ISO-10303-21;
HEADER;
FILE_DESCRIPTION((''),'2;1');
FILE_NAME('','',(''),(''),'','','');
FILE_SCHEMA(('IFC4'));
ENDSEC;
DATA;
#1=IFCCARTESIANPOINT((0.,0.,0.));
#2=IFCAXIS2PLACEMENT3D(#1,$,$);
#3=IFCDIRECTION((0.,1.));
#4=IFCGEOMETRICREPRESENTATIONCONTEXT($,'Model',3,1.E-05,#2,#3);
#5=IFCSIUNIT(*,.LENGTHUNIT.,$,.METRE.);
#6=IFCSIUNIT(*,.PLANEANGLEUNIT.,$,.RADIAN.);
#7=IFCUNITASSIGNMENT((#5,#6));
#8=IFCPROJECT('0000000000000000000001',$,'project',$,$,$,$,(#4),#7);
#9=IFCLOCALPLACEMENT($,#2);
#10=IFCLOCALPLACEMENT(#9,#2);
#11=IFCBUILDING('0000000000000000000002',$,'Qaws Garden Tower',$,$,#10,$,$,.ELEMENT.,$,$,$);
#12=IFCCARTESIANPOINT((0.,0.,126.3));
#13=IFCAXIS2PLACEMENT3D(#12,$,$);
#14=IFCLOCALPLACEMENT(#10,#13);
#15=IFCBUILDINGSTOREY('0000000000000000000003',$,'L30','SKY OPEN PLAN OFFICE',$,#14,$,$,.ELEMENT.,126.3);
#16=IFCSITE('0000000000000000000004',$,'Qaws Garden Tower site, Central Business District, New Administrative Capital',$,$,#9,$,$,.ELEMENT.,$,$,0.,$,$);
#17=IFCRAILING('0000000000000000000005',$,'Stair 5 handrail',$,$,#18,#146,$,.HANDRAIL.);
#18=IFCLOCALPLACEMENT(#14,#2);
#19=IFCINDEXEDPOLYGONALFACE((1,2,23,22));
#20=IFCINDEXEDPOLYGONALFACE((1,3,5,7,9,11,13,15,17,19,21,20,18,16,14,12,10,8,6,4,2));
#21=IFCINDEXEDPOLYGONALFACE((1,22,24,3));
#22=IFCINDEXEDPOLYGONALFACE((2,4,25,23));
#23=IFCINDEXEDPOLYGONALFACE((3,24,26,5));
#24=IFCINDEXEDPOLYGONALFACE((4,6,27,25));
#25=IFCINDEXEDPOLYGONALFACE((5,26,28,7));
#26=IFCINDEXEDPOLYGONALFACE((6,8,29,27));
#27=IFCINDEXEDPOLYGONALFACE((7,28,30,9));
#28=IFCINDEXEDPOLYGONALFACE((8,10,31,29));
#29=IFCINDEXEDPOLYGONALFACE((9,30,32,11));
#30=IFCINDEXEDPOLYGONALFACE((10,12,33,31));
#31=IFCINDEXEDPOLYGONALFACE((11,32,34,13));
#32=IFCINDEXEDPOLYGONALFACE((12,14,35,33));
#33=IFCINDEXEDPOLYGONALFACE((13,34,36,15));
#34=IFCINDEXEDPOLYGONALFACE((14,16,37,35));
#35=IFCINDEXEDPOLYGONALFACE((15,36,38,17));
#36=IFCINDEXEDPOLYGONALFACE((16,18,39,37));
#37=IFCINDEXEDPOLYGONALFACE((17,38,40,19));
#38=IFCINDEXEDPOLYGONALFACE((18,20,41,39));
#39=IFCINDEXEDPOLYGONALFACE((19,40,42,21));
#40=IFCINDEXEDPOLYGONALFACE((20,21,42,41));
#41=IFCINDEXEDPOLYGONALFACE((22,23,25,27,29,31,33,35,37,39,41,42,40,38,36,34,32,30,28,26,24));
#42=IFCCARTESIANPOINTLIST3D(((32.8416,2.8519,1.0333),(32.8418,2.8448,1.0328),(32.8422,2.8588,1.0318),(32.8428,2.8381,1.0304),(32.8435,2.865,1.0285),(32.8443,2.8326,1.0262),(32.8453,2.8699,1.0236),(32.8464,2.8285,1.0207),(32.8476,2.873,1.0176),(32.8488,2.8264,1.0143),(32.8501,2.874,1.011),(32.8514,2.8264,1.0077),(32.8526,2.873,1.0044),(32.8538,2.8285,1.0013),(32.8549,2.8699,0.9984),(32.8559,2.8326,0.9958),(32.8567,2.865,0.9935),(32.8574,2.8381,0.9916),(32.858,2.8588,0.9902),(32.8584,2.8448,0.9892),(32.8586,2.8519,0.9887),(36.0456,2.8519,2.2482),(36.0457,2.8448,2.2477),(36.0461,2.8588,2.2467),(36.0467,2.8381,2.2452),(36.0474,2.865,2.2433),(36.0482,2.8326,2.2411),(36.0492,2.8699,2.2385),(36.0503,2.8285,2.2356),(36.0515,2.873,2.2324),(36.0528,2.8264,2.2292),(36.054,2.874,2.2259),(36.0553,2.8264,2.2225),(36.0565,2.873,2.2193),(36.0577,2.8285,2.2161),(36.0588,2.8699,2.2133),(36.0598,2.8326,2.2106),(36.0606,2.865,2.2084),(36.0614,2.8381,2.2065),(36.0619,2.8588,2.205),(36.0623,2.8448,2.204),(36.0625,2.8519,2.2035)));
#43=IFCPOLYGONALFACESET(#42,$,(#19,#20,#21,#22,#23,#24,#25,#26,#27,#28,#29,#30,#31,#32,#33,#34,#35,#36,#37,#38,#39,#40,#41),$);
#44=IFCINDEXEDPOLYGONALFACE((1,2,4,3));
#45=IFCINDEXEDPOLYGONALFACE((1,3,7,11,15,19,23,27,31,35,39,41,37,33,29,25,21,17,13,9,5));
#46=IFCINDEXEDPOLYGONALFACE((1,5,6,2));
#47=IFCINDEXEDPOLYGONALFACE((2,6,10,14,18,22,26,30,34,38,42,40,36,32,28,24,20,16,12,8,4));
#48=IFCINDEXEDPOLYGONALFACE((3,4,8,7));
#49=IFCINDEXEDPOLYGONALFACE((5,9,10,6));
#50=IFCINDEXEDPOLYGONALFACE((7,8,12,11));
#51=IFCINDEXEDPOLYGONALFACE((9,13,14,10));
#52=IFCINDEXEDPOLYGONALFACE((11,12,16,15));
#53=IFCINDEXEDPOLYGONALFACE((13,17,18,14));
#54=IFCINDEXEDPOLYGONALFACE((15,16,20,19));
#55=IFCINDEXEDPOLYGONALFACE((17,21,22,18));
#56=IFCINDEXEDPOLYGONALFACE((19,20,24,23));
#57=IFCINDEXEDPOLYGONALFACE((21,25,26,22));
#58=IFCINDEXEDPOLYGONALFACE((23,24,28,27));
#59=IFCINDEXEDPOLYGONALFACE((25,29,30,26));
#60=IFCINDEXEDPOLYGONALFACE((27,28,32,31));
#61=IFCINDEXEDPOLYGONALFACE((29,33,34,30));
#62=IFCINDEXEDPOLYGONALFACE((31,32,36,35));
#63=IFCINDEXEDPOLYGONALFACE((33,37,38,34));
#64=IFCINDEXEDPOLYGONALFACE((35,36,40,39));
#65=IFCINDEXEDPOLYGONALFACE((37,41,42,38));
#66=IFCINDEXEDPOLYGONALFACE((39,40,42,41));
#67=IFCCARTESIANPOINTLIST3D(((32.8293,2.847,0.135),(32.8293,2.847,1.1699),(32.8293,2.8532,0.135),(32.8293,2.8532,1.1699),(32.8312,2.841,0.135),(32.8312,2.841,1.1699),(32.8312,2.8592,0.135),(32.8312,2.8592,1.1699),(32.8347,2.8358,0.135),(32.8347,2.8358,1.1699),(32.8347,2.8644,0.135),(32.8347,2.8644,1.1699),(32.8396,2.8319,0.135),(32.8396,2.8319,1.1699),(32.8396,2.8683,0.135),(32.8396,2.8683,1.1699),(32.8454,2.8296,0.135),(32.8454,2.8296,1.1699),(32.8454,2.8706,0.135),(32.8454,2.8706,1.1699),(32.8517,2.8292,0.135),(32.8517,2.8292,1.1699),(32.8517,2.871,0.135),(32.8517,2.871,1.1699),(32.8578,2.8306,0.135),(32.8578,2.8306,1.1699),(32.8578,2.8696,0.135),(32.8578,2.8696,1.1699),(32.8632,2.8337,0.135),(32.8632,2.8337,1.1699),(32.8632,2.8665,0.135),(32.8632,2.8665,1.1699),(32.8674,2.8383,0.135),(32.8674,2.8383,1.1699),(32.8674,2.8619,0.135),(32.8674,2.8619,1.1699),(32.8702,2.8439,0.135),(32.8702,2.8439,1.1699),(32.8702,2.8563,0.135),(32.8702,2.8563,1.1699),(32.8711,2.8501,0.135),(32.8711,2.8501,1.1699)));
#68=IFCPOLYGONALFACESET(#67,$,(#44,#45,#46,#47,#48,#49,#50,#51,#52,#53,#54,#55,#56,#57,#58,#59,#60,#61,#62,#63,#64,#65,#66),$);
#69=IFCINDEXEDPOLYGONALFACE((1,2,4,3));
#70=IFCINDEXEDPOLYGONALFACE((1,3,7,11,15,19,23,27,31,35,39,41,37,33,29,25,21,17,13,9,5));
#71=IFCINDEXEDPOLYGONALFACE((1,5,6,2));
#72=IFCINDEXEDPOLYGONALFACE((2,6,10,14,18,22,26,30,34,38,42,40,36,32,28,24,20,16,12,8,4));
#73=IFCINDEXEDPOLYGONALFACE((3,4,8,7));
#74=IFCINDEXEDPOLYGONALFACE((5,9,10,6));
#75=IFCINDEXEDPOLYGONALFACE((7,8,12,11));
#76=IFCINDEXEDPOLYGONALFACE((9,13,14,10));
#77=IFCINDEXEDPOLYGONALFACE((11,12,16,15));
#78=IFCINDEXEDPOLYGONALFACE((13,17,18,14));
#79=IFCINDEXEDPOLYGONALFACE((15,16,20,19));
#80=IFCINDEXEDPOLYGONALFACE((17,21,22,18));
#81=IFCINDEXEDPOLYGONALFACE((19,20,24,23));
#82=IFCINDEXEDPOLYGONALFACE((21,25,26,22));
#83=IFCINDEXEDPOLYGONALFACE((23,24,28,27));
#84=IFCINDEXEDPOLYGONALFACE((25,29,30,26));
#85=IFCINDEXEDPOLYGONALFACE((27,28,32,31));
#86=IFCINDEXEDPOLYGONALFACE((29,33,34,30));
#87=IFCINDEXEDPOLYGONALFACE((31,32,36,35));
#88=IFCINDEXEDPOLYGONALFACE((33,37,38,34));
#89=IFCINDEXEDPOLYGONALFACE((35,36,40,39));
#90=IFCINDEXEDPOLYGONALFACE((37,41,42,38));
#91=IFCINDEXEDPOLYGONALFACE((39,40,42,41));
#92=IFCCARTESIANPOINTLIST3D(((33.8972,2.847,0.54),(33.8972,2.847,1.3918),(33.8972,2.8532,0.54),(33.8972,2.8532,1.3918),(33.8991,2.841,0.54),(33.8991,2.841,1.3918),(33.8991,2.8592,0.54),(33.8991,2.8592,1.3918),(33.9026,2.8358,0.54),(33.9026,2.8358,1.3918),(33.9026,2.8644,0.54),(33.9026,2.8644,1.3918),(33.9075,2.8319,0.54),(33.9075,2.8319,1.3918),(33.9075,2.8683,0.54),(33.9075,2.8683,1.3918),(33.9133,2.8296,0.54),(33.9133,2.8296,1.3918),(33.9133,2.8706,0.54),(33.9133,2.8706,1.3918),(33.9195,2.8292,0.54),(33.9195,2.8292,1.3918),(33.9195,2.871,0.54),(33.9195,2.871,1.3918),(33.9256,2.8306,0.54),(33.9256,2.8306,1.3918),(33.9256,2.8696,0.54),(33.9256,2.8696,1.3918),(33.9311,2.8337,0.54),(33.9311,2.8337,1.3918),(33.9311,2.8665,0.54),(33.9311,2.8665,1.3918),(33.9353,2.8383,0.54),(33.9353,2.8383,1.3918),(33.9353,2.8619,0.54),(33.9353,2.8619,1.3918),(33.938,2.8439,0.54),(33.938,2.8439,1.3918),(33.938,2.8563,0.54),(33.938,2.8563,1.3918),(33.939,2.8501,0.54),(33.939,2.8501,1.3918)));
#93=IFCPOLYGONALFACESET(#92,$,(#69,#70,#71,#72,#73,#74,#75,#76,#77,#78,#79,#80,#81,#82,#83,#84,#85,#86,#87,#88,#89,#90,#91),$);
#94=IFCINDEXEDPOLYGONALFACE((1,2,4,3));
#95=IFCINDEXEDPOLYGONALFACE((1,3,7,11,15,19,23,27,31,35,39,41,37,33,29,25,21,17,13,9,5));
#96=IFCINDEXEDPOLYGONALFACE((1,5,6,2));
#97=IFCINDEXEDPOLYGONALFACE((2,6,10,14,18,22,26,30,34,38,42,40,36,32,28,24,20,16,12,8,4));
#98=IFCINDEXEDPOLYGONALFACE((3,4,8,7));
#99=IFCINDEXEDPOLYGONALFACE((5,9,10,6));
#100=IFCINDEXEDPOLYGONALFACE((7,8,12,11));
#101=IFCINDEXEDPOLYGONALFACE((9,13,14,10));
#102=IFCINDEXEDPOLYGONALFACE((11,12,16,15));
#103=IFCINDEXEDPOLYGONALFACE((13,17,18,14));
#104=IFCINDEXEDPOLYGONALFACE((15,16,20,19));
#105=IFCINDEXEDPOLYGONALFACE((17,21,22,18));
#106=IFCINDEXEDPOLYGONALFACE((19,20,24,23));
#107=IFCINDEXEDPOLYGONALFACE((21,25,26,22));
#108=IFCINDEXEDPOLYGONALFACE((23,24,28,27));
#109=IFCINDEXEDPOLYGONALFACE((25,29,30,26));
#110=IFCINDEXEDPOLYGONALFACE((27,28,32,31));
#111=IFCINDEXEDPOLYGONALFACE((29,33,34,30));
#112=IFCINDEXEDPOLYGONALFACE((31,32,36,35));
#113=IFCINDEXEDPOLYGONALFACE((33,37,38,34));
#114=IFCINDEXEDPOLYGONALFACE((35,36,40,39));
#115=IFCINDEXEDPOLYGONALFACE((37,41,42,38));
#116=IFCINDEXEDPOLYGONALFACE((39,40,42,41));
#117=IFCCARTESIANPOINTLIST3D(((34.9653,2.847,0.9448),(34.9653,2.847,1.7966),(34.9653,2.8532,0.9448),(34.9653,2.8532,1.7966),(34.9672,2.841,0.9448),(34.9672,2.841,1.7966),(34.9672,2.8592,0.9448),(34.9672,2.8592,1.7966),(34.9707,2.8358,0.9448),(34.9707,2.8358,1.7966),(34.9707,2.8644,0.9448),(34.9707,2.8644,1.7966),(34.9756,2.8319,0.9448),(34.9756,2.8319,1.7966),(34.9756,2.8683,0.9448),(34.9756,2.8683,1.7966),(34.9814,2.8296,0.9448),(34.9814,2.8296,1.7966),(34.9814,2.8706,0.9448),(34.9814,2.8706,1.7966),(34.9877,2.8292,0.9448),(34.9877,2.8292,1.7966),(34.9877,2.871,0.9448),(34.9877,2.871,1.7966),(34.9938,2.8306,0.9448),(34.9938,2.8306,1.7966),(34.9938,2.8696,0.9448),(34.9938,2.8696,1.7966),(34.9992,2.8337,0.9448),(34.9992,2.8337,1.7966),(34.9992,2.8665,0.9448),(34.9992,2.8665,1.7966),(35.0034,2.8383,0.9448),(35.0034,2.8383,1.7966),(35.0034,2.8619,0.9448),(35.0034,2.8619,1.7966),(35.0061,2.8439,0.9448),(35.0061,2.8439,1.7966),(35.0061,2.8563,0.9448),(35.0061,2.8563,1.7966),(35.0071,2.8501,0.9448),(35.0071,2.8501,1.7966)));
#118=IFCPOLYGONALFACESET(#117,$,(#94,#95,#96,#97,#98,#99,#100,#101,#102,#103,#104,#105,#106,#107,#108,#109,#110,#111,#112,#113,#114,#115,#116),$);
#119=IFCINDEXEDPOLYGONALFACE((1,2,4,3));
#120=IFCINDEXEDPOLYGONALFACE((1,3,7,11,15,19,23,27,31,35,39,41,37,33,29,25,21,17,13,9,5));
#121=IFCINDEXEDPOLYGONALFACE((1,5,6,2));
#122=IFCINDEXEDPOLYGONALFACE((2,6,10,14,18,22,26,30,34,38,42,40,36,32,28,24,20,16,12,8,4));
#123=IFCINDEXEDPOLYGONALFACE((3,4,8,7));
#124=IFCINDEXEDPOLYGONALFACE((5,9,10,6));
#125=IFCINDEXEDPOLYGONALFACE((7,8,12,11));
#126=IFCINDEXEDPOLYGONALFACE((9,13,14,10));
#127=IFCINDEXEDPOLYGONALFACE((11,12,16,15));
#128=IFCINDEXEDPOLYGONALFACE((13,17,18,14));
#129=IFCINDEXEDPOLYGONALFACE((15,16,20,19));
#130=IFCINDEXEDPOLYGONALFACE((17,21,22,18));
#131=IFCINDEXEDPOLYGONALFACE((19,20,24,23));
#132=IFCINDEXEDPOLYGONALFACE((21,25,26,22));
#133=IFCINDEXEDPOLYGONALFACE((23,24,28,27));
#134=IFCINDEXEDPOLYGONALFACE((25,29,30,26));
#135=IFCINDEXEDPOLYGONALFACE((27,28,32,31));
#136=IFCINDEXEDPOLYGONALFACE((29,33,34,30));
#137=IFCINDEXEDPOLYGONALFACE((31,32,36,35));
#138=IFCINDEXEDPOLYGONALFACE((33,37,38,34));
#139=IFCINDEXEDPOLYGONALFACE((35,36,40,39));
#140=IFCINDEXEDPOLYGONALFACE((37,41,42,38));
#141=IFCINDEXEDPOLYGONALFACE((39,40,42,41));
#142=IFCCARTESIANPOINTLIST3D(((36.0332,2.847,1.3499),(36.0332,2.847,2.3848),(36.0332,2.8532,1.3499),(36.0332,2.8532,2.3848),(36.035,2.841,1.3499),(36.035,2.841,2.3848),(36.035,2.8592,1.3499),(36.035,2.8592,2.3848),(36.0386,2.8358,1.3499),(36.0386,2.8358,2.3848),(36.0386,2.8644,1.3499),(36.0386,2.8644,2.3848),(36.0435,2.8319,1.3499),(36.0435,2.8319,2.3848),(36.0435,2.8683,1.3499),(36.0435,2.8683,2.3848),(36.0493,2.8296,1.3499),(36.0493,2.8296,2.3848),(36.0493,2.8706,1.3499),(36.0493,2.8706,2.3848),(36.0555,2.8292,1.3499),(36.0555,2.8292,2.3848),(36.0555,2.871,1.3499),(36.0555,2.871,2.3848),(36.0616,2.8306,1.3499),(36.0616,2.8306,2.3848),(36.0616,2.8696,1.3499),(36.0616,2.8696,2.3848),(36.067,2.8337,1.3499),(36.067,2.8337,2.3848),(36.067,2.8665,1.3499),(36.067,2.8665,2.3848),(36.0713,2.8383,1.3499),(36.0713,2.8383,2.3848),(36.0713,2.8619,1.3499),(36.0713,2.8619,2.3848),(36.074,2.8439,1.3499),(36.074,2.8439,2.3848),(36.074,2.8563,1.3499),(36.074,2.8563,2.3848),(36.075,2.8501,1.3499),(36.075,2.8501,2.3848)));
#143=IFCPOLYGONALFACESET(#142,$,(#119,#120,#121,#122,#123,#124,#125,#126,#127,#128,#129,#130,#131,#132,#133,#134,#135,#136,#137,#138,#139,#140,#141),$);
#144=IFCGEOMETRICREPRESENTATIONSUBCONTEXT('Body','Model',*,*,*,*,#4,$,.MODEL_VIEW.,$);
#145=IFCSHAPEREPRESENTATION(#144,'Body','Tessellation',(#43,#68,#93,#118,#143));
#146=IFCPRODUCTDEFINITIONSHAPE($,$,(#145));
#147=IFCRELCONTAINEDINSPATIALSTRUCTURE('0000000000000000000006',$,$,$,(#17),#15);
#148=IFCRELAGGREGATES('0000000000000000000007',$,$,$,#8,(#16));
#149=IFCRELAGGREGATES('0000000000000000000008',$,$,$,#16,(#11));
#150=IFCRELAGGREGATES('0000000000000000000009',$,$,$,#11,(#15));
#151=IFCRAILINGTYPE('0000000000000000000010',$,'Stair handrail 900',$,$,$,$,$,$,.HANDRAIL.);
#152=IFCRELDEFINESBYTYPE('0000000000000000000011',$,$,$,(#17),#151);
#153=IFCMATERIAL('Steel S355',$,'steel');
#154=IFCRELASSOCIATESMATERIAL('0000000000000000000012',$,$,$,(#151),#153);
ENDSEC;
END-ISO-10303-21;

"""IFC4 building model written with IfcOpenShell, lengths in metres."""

from ifc_helpers import new_model, si_unit, direction, frame, origin, origin_2d, place, context, subcontext, project, spatial, circle, extrude, material, type_object, element, save


model = new_model("IFC4")

# Units and contexts
model_context = context("Model", 3, precision=1e-05, world=origin(), true_north=direction((0.0, 1.0)))
body_context = subcontext(model_context, "Body", "Model", "MODEL_VIEW")
ifc_project = project(units=[si_unit("LENGTHUNIT", "METRE"), si_unit("PLANEANGLEUNIT", "RADIAN")], contexts=[model_context])

# Site, building, storey
site_placement = place(None, origin())
site = spatial("IfcSite", under=ifc_project, at=site_placement, Name="Qaws Garden Tower site, Central Business District, New Administrative Capital", CompositionType="ELEMENT", RefElevation=0.0)
building_placement = place(site_placement, origin())
building = spatial("IfcBuilding", under=site, at=building_placement, Name="Qaws Garden Tower", CompositionType="ELEMENT")
storey_placement = place(building_placement, frame((0.0, 0.0, 126.3)))
storey = spatial("IfcBuildingStorey", under=building, at=storey_placement, Name="L30", Description="SKY OPEN PLAN OFFICE", CompositionType="ELEMENT", Elevation=126.3)

# Railing
ifc_material_1 = material(Name="Steel S355", Category="steel")
railing_type = type_object("IfcRailingType", Name="Stair handrail 900", PredefinedType="HANDRAIL", material=ifc_material_1)
railing_1_placement = place(storey_placement, frame((32.8501, 2.8501, 0.135)))
element("IfcRailing", 1, at=railing_1_placement, inside=storey, type_object=railing_type, Name="Stair 5 handrail", PredefinedType="HANDRAIL", context=body_context, shape_type="SweptSolid", body=[
    extrude(circle(Radius=0.0239, at=origin_2d()), frame((0.0, 0.0, 0.876), z_axis=(0.935037, 0.0, 0.354549), x_axis=(0.0, 1.0, 0.0)), (0.0, 0.0, 1.0), 3.4265),
    extrude(circle(Radius=0.021, at=origin_2d()), origin(), (0.0, 0.0, 1.0), 1.0349),
    extrude(circle(Radius=0.021, at=origin_2d()), frame((1.0679, 0.0, 0.405)), (0.0, 0.0, 1.0), 0.8518),
    extrude(circle(Radius=0.021, at=origin_2d()), frame((2.136, 0.0, 0.8098)), (0.0, 0.0, 1.0), 0.8518),
    extrude(circle(Radius=0.021, at=origin_2d()), frame((3.2039, 0.0, 1.2148)), (0.0, 0.0, 1.0), 1.0349),
])

save(model, "model.ifc")
